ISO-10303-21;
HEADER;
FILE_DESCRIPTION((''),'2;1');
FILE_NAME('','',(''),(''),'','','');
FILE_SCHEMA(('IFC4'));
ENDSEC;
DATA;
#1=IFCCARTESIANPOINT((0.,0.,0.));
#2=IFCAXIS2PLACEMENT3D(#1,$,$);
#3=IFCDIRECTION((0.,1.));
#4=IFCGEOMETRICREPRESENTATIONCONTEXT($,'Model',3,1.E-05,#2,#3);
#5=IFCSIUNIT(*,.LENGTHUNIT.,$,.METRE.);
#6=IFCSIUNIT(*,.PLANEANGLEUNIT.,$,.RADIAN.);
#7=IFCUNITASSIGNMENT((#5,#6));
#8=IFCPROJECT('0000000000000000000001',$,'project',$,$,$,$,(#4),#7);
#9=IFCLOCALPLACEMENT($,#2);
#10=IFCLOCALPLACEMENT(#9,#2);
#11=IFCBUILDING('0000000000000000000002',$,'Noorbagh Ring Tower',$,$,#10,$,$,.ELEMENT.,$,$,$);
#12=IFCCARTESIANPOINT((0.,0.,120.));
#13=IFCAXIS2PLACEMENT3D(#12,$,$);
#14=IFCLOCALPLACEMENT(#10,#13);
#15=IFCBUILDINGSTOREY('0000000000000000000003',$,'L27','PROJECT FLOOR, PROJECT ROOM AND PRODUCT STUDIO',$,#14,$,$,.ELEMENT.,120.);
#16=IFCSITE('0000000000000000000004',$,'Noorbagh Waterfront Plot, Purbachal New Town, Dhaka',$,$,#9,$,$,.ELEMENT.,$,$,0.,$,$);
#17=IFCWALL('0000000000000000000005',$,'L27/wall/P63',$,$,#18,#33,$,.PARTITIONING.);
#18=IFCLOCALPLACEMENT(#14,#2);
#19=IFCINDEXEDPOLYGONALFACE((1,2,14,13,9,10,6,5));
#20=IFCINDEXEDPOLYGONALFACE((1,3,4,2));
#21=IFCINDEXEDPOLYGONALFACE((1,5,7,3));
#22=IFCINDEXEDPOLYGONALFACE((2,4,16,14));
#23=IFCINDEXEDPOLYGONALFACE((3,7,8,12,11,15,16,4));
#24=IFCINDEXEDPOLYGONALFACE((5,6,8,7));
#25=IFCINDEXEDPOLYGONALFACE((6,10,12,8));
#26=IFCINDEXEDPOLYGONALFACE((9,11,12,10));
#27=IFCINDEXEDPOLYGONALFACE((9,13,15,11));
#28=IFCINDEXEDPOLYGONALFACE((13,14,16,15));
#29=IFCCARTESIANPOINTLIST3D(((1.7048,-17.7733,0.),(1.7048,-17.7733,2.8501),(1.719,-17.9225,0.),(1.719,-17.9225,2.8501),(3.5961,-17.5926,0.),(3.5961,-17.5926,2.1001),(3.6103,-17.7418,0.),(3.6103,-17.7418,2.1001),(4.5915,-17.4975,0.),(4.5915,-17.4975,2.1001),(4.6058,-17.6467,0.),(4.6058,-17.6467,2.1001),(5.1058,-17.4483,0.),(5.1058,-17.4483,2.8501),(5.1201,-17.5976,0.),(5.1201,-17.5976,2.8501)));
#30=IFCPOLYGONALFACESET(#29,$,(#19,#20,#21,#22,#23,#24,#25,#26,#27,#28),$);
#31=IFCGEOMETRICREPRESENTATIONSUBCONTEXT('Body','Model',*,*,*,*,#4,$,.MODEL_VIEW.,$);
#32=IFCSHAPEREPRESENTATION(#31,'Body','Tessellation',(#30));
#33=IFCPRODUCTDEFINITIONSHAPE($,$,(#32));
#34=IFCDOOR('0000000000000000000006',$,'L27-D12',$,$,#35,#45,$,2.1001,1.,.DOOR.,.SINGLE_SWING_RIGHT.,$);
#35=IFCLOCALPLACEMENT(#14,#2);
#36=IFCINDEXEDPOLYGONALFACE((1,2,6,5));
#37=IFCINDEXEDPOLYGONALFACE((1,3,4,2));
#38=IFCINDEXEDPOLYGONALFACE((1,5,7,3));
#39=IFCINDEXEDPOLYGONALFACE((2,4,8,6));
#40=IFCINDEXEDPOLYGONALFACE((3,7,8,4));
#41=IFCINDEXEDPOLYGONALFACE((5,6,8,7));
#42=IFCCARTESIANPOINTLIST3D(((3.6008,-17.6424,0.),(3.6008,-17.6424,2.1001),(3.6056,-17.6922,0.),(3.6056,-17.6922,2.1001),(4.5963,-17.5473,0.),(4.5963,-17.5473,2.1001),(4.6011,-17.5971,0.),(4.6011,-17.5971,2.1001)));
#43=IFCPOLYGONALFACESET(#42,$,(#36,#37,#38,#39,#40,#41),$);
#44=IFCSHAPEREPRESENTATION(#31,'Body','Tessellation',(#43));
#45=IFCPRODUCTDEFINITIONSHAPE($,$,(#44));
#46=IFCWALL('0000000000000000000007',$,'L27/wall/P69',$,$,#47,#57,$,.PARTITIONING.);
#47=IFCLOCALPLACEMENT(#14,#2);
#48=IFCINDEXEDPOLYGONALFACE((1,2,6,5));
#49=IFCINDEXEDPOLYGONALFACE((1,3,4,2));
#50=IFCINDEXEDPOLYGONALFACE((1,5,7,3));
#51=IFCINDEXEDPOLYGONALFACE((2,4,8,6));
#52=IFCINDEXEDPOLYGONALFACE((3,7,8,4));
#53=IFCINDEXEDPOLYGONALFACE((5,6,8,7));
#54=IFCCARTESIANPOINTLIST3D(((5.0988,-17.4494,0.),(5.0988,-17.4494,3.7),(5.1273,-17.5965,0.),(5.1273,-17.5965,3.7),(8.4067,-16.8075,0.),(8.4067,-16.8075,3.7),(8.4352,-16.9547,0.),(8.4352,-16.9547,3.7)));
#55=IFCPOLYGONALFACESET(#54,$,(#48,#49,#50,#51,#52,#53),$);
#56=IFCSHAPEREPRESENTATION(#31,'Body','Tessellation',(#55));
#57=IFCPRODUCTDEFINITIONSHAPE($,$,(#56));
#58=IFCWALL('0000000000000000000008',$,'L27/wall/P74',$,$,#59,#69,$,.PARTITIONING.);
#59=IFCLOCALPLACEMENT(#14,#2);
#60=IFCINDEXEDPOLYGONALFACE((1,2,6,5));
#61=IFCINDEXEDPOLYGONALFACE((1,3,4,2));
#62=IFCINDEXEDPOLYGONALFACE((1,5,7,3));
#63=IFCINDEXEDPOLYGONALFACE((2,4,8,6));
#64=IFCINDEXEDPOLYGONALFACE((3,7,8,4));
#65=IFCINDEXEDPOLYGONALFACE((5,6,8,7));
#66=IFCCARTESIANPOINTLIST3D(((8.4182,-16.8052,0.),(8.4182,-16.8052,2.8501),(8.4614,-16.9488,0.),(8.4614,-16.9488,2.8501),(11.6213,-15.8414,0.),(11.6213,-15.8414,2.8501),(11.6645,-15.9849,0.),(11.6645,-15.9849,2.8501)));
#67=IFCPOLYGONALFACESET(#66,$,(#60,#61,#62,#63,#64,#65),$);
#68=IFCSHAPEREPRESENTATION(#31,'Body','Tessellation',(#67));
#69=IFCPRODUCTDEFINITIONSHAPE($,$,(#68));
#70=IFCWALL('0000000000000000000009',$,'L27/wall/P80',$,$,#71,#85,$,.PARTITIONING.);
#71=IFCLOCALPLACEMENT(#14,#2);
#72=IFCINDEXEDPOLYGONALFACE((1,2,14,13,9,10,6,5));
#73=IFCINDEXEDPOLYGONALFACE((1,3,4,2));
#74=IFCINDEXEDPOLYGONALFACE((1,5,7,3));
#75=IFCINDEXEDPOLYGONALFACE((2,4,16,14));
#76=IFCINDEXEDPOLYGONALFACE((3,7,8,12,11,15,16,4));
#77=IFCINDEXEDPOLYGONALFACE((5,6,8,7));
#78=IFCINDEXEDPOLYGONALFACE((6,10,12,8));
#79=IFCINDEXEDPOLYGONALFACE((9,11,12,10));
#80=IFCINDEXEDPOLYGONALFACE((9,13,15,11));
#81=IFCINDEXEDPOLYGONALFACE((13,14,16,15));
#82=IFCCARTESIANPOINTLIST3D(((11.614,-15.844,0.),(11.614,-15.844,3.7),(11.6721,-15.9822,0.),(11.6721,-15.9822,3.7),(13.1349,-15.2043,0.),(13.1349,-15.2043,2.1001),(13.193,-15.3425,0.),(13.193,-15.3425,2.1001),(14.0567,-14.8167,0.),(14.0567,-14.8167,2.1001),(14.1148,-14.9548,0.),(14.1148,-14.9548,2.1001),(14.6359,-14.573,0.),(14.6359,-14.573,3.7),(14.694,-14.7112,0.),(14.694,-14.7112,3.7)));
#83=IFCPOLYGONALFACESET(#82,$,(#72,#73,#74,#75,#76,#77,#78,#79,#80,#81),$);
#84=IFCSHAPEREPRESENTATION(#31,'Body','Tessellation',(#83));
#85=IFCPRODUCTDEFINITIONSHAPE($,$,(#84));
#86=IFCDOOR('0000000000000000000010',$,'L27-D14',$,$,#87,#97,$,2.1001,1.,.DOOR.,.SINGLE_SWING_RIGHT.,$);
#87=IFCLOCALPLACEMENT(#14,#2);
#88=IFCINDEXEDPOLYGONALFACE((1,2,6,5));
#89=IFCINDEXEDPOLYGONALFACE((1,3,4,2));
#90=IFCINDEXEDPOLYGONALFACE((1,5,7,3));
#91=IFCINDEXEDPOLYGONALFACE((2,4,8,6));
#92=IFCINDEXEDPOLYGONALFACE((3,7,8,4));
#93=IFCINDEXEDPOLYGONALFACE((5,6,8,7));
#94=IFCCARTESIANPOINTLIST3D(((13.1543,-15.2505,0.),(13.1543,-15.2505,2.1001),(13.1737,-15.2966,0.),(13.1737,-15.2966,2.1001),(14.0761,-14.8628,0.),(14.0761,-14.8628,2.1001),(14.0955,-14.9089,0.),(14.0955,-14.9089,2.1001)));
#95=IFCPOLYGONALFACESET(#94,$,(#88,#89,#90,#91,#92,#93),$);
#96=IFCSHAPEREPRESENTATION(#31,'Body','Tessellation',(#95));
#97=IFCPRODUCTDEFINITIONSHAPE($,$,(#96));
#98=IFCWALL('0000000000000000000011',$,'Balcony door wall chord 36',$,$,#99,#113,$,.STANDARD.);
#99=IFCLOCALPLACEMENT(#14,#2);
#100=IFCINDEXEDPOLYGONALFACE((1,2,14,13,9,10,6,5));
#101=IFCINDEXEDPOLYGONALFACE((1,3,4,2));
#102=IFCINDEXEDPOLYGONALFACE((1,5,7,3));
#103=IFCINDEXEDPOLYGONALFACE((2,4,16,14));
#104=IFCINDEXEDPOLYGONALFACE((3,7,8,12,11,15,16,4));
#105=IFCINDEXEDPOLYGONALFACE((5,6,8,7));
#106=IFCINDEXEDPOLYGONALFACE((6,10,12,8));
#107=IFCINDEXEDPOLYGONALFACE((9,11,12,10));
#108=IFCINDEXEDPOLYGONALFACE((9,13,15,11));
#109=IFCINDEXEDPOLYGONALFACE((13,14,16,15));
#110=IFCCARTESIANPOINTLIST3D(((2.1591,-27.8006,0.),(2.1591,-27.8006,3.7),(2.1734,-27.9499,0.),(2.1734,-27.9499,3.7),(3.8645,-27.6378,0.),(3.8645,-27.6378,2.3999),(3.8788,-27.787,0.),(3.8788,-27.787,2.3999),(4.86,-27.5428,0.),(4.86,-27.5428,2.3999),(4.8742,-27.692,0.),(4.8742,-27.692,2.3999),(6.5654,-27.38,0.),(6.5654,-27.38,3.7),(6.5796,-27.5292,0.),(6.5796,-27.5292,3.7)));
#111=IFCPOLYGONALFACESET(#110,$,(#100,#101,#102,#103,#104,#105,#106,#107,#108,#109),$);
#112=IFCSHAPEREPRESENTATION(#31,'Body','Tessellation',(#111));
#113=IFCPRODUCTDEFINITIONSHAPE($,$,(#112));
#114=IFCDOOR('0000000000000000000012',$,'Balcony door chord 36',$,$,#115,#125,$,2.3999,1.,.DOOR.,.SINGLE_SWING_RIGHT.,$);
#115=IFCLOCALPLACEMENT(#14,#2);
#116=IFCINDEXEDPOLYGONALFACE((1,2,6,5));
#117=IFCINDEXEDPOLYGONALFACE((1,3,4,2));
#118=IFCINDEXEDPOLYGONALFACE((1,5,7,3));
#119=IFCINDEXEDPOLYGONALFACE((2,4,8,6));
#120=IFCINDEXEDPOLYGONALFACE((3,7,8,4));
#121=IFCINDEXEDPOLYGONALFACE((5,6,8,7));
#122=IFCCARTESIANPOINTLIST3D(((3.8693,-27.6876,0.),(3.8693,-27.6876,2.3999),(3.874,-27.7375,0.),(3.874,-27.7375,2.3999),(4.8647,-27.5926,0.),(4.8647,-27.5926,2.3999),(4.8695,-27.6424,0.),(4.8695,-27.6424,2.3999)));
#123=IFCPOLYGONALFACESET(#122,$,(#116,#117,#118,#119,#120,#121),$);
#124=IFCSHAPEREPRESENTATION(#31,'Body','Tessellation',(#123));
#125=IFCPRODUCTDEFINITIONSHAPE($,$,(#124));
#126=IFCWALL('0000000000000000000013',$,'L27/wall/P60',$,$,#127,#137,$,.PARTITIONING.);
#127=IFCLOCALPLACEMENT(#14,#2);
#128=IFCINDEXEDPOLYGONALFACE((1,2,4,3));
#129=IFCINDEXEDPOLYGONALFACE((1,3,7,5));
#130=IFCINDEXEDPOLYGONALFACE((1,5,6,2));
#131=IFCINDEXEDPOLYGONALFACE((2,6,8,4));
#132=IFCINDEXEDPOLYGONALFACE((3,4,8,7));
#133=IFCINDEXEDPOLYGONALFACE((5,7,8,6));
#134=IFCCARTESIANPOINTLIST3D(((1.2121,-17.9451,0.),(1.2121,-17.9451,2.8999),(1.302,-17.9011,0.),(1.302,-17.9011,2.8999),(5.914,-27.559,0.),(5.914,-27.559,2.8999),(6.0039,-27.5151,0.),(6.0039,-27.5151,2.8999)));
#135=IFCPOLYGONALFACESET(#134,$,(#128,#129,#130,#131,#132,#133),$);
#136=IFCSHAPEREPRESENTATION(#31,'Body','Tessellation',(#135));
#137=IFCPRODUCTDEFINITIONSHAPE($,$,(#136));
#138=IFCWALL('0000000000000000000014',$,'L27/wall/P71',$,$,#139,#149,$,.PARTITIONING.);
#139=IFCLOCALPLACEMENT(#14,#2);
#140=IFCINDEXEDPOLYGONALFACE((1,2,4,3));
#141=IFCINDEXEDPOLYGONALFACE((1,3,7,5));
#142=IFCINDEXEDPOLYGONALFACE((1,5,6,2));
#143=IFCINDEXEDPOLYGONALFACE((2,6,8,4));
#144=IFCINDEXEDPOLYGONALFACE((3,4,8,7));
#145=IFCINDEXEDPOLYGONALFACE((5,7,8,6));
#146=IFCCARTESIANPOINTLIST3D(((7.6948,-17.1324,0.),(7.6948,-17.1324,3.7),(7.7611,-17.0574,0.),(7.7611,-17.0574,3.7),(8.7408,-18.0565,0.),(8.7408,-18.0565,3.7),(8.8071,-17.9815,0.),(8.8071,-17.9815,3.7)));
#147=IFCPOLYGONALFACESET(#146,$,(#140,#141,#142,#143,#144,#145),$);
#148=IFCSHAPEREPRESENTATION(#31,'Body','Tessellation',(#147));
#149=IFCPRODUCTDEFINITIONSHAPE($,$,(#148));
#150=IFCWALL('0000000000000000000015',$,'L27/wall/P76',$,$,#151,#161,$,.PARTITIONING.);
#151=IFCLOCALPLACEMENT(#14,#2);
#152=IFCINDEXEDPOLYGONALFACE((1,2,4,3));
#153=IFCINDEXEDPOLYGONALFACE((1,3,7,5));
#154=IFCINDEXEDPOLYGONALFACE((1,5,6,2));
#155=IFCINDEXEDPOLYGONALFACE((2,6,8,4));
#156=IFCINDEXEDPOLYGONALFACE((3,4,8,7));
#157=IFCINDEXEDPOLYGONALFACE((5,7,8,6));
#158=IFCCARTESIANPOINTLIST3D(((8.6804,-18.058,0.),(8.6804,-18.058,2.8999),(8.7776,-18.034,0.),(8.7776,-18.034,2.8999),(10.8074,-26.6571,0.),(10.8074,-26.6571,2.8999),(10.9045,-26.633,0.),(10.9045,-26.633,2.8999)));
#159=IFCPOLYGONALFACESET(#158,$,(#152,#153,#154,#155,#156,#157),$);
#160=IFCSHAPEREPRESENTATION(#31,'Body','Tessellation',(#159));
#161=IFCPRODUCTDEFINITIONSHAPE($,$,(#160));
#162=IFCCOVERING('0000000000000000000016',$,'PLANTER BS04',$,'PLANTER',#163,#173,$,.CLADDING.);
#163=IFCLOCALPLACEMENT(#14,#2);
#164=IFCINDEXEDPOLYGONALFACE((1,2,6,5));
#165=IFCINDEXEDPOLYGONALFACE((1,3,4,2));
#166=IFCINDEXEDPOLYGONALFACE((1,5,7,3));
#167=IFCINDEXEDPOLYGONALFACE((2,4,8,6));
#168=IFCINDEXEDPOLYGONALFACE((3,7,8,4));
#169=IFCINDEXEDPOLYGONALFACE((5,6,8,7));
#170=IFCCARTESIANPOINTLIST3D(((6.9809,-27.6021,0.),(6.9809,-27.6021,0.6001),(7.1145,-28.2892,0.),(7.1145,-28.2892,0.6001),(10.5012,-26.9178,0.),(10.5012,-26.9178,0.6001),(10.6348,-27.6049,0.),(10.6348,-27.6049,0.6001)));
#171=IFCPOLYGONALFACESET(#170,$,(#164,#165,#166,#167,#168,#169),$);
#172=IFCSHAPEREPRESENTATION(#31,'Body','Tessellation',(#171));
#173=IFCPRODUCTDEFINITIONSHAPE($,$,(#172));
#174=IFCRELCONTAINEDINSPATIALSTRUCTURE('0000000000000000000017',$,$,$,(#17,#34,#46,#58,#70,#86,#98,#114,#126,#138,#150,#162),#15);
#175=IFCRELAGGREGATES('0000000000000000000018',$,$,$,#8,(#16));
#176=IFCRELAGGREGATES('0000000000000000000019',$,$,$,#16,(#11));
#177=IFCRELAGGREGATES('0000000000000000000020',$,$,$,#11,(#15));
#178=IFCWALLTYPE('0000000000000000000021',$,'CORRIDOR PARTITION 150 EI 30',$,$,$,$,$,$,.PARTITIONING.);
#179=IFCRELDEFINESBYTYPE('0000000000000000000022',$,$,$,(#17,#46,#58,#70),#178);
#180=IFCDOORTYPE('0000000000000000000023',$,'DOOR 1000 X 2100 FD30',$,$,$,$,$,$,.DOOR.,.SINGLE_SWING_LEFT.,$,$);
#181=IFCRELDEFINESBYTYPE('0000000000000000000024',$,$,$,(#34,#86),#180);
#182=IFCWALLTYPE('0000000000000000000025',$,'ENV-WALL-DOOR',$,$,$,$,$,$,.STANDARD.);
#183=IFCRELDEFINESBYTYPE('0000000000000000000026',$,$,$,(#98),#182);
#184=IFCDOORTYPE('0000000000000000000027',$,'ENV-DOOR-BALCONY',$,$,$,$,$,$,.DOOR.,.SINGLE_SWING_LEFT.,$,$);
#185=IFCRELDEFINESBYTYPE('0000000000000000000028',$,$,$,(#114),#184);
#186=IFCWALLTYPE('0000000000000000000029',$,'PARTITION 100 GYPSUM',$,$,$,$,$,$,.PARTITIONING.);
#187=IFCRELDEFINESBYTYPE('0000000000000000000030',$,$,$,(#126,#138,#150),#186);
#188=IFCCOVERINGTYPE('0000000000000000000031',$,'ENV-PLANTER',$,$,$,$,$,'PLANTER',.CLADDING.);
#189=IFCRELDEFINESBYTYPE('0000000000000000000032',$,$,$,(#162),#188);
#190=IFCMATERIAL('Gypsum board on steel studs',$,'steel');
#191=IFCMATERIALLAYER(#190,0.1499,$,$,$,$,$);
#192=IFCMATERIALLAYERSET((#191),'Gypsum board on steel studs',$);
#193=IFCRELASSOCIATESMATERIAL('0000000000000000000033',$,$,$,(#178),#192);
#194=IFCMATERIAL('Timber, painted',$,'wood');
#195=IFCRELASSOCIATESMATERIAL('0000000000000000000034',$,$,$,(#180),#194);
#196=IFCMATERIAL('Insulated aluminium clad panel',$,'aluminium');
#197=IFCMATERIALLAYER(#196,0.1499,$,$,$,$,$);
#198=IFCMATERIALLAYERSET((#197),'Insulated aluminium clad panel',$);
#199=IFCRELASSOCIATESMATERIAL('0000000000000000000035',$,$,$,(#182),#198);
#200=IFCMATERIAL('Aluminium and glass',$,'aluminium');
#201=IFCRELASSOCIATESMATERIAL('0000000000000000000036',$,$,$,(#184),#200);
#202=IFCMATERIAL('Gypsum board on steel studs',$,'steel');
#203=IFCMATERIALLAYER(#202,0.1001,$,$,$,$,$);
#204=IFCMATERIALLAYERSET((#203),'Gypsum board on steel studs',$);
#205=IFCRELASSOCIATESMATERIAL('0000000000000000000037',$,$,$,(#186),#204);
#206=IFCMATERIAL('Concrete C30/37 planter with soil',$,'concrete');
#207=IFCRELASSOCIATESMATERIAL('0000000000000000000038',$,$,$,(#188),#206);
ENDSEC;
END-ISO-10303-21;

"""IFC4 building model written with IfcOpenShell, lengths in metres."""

from ifc_helpers import new_model, si_unit, direction, frame, frame_2d, origin, origin_2d, place, context, subcontext, project, spatial, rectangle, extrude, material, layer, layer_set, type_object, element, fill, save


model = new_model("IFC4")

# Units and contexts
model_context = context("Model", 3, precision=1e-05, world=origin(), true_north=direction((0.0, 1.0)))
body_context = subcontext(model_context, "Body", "Model", "MODEL_VIEW")
ifc_project = project(units=[si_unit("LENGTHUNIT", "METRE"), si_unit("PLANEANGLEUNIT", "RADIAN")], contexts=[model_context])

# Site, building, storey
site_placement = place(None, origin())
site = spatial("IfcSite", under=ifc_project, at=site_placement, Name="Noorbagh Waterfront Plot, Purbachal New Town, Dhaka", CompositionType="ELEMENT", RefElevation=0.0)
building_placement = place(site_placement, origin())
building = spatial("IfcBuilding", under=site, at=building_placement, Name="Noorbagh Ring Tower", CompositionType="ELEMENT")
storey_placement = place(building_placement, frame((0.0, 0.0, 120.0)))
storey = spatial("IfcBuildingStorey", under=building, at=storey_placement, Name="L27", Description="PROJECT FLOOR, PROJECT ROOM AND PRODUCT STUDIO", CompositionType="ELEMENT", Elevation=120.0)

# Shared definitions
ifc_material_1 = material(Name="Gypsum board on steel studs", Category="steel")
ifc_layer_1 = layer(ifc_material_1, 0.1499)
ifc_layer_set_1 = layer_set([ifc_layer_1], Name="Gypsum board on steel studs")
wall_type_1 = type_object("IfcWallType", Name="CORRIDOR PARTITION 150 EI 30", PredefinedType="PARTITIONING", material=ifc_layer_set_1)

# Wall, opening, door
wall_1_placement = place(storey_placement, frame((1.7119, -17.8479, 0.0), z_axis=(0.0, 0.0, 1.0), x_axis=(0.995467, 0.095109, 0.0)))
wall_1 = element("IfcWall", 1, at=wall_1_placement, inside=storey, type_object=wall_type_1, Name="L27/wall/P63", PredefinedType="PARTITIONING", context=body_context, shape_type="SweptSolid", body=[
    extrude(rectangle(XDim=3.4165, YDim=0.1499, at=frame_2d((1.7083, 0.0))), origin(), (0.0, 0.0, 1.0), 2.8501),
])
opening_1_placement = place(wall_1_placement, frame((1.8999, 0.0, 0.0)))
opening_1 = element("IfcOpeningElement", 2, at=opening_1_placement, cuts=wall_1, PredefinedType="OPENING", context=body_context, shape_type="SweptSolid", body=[
    extrude(rectangle(XDim=1.0, YDim=2.1001, at=frame_2d((0.5, 1.05))), frame((0.0, 0.085, 0.0), z_axis=(0.0, -1.0, 0.0), x_axis=(1.0, 0.0, 0.0)), (0.0, 0.0, 1.0), 0.1699),
])
ifc_material_2 = material(Name="Timber, painted", Category="wood")
door_type_1 = type_object("IfcDoorType", Name="DOOR 1000 X 2100 FD30", OperationType="SINGLE_SWING_LEFT", PredefinedType="DOOR", material=ifc_material_2)
door_1_placement = place(opening_1_placement, origin())
door_1 = element("IfcDoor", 3, at=door_1_placement, inside=storey, type_object=door_type_1, Name="L27-D12", OperationType="SINGLE_SWING_RIGHT", OverallHeight=2.1001, OverallWidth=1.0, PredefinedType="DOOR", context=body_context, shape_type="SweptSolid", body=[
    extrude(rectangle(XDim=1.0, YDim=2.1001, at=frame_2d((0.5, 1.05))), frame((0.0, 0.0249, 0.0), z_axis=(0.0, -1.0, 0.0), x_axis=(1.0, 0.0, 0.0)), (0.0, 0.0, 1.0), 0.05),
])
fill(opening_1, door_1)

# Walls
wall_2_placement = place(storey_placement, frame((5.113, -17.5229, 0.0), z_axis=(0.0, 0.0, 1.0), x_axis=(0.98169, 0.190484, 0.0)))
element("IfcWall", 4, at=wall_2_placement, inside=storey, type_object=wall_type_1, Name="L27/wall/P69", PredefinedType="PARTITIONING", context=body_context, shape_type="SweptSolid", body=[
    extrude(rectangle(XDim=3.3696, YDim=0.1499, at=frame_2d((1.6848, 0.0))), origin(), (0.0, 0.0, 1.0), 3.7),
])
wall_3_placement = place(storey_placement, frame((8.4399, -16.877, 0.0), z_axis=(0.0, 0.0, 1.0), x_axis=(0.957585, 0.288151, 0.0)))
element("IfcWall", 5, at=wall_3_placement, inside=storey, type_object=wall_type_1, Name="L27/wall/P74", PredefinedType="PARTITIONING", context=body_context, shape_type="SweptSolid", body=[
    extrude(rectangle(XDim=3.345, YDim=0.1499, at=frame_2d((1.6724, 0.0))), origin(), (0.0, 0.0, 1.0), 2.8501),
])

# Walls, openings, doors
wall_4_placement = place(storey_placement, frame((11.6431, -15.9131, 0.0), z_axis=(0.0, 0.0, 1.0), x_axis=(0.921789, 0.387691, 0.0)))
wall_4 = element("IfcWall", 6, at=wall_4_placement, inside=storey, type_object=wall_type_1, Name="L27/wall/P80", PredefinedType="PARTITIONING", context=body_context, shape_type="SweptSolid", body=[
    extrude(rectangle(XDim=3.2783, YDim=0.1499, at=frame_2d((1.6392, 0.0))), origin(), (0.0, 0.0, 1.0), 3.7),
])
opening_2_placement = place(wall_4_placement, frame((1.6499, 0.0, 0.0)))
opening_2 = element("IfcOpeningElement", 7, at=opening_2_placement, cuts=wall_4, PredefinedType="OPENING", context=body_context, shape_type="SweptSolid", body=[
    extrude(rectangle(XDim=1.0, YDim=2.1001, at=frame_2d((0.5, 1.05))), frame((0.0, 0.085, 0.0), z_axis=(0.0, -1.0, 0.0), x_axis=(1.0, 0.0, 0.0)), (0.0, 0.0, 1.0), 0.1699),
])
door_2_placement = place(opening_2_placement, origin())
door_2 = element("IfcDoor", 8, at=door_2_placement, inside=storey, type_object=door_type_1, Name="L27-D14", OperationType="SINGLE_SWING_RIGHT", OverallHeight=2.1001, OverallWidth=1.0, PredefinedType="DOOR", context=body_context, shape_type="SweptSolid", body=[
    extrude(rectangle(XDim=1.0, YDim=2.1001, at=frame_2d((0.5, 1.05))), frame((0.0, 0.0249, 0.0), z_axis=(0.0, -1.0, 0.0), x_axis=(1.0, 0.0, 0.0)), (0.0, 0.0, 1.0), 0.05),
])
fill(opening_2, door_2)
ifc_material_3 = material(Name="Insulated aluminium clad panel", Category="aluminium")
ifc_layer_2 = layer(ifc_material_3, 0.1499)
ifc_layer_set_2 = layer_set([ifc_layer_2], Name="Insulated aluminium clad panel")
wall_type_2 = type_object("IfcWallType", Name="ENV-WALL-DOOR", PredefinedType="STANDARD", material=ifc_layer_set_2)
wall_5_placement = place(storey_placement, frame((2.1663, -27.8752, 0.0), z_axis=(0.0, 0.0, 1.0), x_axis=(0.995474, 0.095036, 0.0)))
wall_5 = element("IfcWall", 9, at=wall_5_placement, inside=storey, type_object=wall_type_2, Name="Balcony door wall chord 36", PredefinedType="STANDARD", context=body_context, shape_type="SweptSolid", body=[
    extrude(rectangle(XDim=4.4263, YDim=0.1499, at=frame_2d((2.2131, 0.0))), origin(), (0.0, 0.0, 1.0), 3.7),
])
opening_3_placement = place(wall_5_placement, frame((1.7131, 0.0, 0.0)))
opening_3 = element("IfcOpeningElement", 10, at=opening_3_placement, cuts=wall_5, PredefinedType="OPENING", context=body_context, shape_type="SweptSolid", body=[
    extrude(rectangle(XDim=1.0, YDim=2.3999, at=frame_2d((0.5, 1.2))), frame((0.0, 0.085, 0.0), z_axis=(0.0, -1.0, 0.0), x_axis=(1.0, 0.0, 0.0)), (0.0, 0.0, 1.0), 0.1699),
])
ifc_material_4 = material(Name="Aluminium and glass", Category="aluminium")
door_type_2 = type_object("IfcDoorType", Name="ENV-DOOR-BALCONY", OperationType="SINGLE_SWING_LEFT", PredefinedType="DOOR", material=ifc_material_4)
door_3_placement = place(opening_3_placement, origin())
door_3 = element("IfcDoor", 11, at=door_3_placement, inside=storey, type_object=door_type_2, Name="Balcony door chord 36", OperationType="SINGLE_SWING_RIGHT", OverallHeight=2.3999, OverallWidth=1.0, PredefinedType="DOOR", context=body_context, shape_type="SweptSolid", body=[
    extrude(rectangle(XDim=1.0, YDim=2.3999, at=frame_2d((0.5, 1.2))), frame((0.0, 0.0249, 0.0), z_axis=(0.0, -1.0, 0.0), x_axis=(1.0, 0.0, 0.0)), (0.0, 0.0, 1.0), 0.05),
])
fill(opening_3, door_3)

# Walls
ifc_material_5 = material(Name="Gypsum board on steel studs", Category="steel")
ifc_layer_3 = layer(ifc_material_5, 0.1001)
ifc_layer_set_3 = layer_set([ifc_layer_3], Name="Gypsum board on steel studs")
wall_type_3 = type_object("IfcWallType", Name="PARTITION 100 GYPSUM", PredefinedType="PARTITIONING", material=ifc_layer_set_3)
wall_6_placement = place(storey_placement, frame((1.2571, -17.9231, 0.0), z_axis=(0.0, 0.0, 1.0), x_axis=(0.43934, -0.898321, 0.0)))
element("IfcWall", 12, at=wall_6_placement, inside=storey, type_object=wall_type_3, Name="L27/wall/P60", PredefinedType="PARTITIONING", context=body_context, shape_type="SweptSolid", body=[
    extrude(rectangle(XDim=10.7021, YDim=0.1001, at=frame_2d((5.3511, 0.0))), origin(), (0.0, 0.0, 1.0), 2.8999),
])
wall_7_placement = place(storey_placement, frame((7.728, -17.095, 0.0), z_axis=(0.0, 0.0, 1.0), x_axis=(0.749404, -0.662113, 0.0)))
element("IfcWall", 13, at=wall_7_placement, inside=storey, type_object=wall_type_3, Name="L27/wall/P71", PredefinedType="PARTITIONING", context=body_context, shape_type="SweptSolid", body=[
    extrude(rectangle(XDim=1.3958, YDim=0.1001, at=frame_2d((0.6978, 0.0))), origin(), (0.0, 0.0, 1.0), 3.7),
])
wall_8_placement = place(storey_placement, frame((8.729, -18.0459, 0.0), z_axis=(0.0, 0.0, 1.0), x_axis=(0.24011, -0.970746, 0.0)))
element("IfcWall", 14, at=wall_8_placement, inside=storey, type_object=wall_type_3, Name="L27/wall/P76", PredefinedType="PARTITIONING", context=body_context, shape_type="SweptSolid", body=[
    extrude(rectangle(XDim=8.8582, YDim=0.1001, at=frame_2d((4.4292, 0.0))), origin(), (0.0, 0.0, 1.0), 2.8999),
])

# Covering
ifc_material_6 = material(Name="Concrete C30/37 planter with soil", Category="concrete")
covering_type = type_object("IfcCoveringType", Name="ENV-PLANTER", ElementType="PLANTER", PredefinedType="CLADDING", material=ifc_material_6)
covering_placement = place(storey_placement, frame((8.8079, -27.6035, 0.0), z_axis=(0.0, 0.0, 1.0), x_axis=(0.981625, 0.19082, 0.0)))
element("IfcCovering", 15, at=covering_placement, inside=storey, type_object=covering_type, Name="PLANTER BS04", ObjectType="PLANTER", PredefinedType="CLADDING", context=body_context, shape_type="SweptSolid", body=[
    extrude(rectangle(XDim=3.5862, YDim=0.7, at=origin_2d()), origin(), (0.0, 0.0, 1.0), 0.6001),
])

save(model, "model.ifc")
